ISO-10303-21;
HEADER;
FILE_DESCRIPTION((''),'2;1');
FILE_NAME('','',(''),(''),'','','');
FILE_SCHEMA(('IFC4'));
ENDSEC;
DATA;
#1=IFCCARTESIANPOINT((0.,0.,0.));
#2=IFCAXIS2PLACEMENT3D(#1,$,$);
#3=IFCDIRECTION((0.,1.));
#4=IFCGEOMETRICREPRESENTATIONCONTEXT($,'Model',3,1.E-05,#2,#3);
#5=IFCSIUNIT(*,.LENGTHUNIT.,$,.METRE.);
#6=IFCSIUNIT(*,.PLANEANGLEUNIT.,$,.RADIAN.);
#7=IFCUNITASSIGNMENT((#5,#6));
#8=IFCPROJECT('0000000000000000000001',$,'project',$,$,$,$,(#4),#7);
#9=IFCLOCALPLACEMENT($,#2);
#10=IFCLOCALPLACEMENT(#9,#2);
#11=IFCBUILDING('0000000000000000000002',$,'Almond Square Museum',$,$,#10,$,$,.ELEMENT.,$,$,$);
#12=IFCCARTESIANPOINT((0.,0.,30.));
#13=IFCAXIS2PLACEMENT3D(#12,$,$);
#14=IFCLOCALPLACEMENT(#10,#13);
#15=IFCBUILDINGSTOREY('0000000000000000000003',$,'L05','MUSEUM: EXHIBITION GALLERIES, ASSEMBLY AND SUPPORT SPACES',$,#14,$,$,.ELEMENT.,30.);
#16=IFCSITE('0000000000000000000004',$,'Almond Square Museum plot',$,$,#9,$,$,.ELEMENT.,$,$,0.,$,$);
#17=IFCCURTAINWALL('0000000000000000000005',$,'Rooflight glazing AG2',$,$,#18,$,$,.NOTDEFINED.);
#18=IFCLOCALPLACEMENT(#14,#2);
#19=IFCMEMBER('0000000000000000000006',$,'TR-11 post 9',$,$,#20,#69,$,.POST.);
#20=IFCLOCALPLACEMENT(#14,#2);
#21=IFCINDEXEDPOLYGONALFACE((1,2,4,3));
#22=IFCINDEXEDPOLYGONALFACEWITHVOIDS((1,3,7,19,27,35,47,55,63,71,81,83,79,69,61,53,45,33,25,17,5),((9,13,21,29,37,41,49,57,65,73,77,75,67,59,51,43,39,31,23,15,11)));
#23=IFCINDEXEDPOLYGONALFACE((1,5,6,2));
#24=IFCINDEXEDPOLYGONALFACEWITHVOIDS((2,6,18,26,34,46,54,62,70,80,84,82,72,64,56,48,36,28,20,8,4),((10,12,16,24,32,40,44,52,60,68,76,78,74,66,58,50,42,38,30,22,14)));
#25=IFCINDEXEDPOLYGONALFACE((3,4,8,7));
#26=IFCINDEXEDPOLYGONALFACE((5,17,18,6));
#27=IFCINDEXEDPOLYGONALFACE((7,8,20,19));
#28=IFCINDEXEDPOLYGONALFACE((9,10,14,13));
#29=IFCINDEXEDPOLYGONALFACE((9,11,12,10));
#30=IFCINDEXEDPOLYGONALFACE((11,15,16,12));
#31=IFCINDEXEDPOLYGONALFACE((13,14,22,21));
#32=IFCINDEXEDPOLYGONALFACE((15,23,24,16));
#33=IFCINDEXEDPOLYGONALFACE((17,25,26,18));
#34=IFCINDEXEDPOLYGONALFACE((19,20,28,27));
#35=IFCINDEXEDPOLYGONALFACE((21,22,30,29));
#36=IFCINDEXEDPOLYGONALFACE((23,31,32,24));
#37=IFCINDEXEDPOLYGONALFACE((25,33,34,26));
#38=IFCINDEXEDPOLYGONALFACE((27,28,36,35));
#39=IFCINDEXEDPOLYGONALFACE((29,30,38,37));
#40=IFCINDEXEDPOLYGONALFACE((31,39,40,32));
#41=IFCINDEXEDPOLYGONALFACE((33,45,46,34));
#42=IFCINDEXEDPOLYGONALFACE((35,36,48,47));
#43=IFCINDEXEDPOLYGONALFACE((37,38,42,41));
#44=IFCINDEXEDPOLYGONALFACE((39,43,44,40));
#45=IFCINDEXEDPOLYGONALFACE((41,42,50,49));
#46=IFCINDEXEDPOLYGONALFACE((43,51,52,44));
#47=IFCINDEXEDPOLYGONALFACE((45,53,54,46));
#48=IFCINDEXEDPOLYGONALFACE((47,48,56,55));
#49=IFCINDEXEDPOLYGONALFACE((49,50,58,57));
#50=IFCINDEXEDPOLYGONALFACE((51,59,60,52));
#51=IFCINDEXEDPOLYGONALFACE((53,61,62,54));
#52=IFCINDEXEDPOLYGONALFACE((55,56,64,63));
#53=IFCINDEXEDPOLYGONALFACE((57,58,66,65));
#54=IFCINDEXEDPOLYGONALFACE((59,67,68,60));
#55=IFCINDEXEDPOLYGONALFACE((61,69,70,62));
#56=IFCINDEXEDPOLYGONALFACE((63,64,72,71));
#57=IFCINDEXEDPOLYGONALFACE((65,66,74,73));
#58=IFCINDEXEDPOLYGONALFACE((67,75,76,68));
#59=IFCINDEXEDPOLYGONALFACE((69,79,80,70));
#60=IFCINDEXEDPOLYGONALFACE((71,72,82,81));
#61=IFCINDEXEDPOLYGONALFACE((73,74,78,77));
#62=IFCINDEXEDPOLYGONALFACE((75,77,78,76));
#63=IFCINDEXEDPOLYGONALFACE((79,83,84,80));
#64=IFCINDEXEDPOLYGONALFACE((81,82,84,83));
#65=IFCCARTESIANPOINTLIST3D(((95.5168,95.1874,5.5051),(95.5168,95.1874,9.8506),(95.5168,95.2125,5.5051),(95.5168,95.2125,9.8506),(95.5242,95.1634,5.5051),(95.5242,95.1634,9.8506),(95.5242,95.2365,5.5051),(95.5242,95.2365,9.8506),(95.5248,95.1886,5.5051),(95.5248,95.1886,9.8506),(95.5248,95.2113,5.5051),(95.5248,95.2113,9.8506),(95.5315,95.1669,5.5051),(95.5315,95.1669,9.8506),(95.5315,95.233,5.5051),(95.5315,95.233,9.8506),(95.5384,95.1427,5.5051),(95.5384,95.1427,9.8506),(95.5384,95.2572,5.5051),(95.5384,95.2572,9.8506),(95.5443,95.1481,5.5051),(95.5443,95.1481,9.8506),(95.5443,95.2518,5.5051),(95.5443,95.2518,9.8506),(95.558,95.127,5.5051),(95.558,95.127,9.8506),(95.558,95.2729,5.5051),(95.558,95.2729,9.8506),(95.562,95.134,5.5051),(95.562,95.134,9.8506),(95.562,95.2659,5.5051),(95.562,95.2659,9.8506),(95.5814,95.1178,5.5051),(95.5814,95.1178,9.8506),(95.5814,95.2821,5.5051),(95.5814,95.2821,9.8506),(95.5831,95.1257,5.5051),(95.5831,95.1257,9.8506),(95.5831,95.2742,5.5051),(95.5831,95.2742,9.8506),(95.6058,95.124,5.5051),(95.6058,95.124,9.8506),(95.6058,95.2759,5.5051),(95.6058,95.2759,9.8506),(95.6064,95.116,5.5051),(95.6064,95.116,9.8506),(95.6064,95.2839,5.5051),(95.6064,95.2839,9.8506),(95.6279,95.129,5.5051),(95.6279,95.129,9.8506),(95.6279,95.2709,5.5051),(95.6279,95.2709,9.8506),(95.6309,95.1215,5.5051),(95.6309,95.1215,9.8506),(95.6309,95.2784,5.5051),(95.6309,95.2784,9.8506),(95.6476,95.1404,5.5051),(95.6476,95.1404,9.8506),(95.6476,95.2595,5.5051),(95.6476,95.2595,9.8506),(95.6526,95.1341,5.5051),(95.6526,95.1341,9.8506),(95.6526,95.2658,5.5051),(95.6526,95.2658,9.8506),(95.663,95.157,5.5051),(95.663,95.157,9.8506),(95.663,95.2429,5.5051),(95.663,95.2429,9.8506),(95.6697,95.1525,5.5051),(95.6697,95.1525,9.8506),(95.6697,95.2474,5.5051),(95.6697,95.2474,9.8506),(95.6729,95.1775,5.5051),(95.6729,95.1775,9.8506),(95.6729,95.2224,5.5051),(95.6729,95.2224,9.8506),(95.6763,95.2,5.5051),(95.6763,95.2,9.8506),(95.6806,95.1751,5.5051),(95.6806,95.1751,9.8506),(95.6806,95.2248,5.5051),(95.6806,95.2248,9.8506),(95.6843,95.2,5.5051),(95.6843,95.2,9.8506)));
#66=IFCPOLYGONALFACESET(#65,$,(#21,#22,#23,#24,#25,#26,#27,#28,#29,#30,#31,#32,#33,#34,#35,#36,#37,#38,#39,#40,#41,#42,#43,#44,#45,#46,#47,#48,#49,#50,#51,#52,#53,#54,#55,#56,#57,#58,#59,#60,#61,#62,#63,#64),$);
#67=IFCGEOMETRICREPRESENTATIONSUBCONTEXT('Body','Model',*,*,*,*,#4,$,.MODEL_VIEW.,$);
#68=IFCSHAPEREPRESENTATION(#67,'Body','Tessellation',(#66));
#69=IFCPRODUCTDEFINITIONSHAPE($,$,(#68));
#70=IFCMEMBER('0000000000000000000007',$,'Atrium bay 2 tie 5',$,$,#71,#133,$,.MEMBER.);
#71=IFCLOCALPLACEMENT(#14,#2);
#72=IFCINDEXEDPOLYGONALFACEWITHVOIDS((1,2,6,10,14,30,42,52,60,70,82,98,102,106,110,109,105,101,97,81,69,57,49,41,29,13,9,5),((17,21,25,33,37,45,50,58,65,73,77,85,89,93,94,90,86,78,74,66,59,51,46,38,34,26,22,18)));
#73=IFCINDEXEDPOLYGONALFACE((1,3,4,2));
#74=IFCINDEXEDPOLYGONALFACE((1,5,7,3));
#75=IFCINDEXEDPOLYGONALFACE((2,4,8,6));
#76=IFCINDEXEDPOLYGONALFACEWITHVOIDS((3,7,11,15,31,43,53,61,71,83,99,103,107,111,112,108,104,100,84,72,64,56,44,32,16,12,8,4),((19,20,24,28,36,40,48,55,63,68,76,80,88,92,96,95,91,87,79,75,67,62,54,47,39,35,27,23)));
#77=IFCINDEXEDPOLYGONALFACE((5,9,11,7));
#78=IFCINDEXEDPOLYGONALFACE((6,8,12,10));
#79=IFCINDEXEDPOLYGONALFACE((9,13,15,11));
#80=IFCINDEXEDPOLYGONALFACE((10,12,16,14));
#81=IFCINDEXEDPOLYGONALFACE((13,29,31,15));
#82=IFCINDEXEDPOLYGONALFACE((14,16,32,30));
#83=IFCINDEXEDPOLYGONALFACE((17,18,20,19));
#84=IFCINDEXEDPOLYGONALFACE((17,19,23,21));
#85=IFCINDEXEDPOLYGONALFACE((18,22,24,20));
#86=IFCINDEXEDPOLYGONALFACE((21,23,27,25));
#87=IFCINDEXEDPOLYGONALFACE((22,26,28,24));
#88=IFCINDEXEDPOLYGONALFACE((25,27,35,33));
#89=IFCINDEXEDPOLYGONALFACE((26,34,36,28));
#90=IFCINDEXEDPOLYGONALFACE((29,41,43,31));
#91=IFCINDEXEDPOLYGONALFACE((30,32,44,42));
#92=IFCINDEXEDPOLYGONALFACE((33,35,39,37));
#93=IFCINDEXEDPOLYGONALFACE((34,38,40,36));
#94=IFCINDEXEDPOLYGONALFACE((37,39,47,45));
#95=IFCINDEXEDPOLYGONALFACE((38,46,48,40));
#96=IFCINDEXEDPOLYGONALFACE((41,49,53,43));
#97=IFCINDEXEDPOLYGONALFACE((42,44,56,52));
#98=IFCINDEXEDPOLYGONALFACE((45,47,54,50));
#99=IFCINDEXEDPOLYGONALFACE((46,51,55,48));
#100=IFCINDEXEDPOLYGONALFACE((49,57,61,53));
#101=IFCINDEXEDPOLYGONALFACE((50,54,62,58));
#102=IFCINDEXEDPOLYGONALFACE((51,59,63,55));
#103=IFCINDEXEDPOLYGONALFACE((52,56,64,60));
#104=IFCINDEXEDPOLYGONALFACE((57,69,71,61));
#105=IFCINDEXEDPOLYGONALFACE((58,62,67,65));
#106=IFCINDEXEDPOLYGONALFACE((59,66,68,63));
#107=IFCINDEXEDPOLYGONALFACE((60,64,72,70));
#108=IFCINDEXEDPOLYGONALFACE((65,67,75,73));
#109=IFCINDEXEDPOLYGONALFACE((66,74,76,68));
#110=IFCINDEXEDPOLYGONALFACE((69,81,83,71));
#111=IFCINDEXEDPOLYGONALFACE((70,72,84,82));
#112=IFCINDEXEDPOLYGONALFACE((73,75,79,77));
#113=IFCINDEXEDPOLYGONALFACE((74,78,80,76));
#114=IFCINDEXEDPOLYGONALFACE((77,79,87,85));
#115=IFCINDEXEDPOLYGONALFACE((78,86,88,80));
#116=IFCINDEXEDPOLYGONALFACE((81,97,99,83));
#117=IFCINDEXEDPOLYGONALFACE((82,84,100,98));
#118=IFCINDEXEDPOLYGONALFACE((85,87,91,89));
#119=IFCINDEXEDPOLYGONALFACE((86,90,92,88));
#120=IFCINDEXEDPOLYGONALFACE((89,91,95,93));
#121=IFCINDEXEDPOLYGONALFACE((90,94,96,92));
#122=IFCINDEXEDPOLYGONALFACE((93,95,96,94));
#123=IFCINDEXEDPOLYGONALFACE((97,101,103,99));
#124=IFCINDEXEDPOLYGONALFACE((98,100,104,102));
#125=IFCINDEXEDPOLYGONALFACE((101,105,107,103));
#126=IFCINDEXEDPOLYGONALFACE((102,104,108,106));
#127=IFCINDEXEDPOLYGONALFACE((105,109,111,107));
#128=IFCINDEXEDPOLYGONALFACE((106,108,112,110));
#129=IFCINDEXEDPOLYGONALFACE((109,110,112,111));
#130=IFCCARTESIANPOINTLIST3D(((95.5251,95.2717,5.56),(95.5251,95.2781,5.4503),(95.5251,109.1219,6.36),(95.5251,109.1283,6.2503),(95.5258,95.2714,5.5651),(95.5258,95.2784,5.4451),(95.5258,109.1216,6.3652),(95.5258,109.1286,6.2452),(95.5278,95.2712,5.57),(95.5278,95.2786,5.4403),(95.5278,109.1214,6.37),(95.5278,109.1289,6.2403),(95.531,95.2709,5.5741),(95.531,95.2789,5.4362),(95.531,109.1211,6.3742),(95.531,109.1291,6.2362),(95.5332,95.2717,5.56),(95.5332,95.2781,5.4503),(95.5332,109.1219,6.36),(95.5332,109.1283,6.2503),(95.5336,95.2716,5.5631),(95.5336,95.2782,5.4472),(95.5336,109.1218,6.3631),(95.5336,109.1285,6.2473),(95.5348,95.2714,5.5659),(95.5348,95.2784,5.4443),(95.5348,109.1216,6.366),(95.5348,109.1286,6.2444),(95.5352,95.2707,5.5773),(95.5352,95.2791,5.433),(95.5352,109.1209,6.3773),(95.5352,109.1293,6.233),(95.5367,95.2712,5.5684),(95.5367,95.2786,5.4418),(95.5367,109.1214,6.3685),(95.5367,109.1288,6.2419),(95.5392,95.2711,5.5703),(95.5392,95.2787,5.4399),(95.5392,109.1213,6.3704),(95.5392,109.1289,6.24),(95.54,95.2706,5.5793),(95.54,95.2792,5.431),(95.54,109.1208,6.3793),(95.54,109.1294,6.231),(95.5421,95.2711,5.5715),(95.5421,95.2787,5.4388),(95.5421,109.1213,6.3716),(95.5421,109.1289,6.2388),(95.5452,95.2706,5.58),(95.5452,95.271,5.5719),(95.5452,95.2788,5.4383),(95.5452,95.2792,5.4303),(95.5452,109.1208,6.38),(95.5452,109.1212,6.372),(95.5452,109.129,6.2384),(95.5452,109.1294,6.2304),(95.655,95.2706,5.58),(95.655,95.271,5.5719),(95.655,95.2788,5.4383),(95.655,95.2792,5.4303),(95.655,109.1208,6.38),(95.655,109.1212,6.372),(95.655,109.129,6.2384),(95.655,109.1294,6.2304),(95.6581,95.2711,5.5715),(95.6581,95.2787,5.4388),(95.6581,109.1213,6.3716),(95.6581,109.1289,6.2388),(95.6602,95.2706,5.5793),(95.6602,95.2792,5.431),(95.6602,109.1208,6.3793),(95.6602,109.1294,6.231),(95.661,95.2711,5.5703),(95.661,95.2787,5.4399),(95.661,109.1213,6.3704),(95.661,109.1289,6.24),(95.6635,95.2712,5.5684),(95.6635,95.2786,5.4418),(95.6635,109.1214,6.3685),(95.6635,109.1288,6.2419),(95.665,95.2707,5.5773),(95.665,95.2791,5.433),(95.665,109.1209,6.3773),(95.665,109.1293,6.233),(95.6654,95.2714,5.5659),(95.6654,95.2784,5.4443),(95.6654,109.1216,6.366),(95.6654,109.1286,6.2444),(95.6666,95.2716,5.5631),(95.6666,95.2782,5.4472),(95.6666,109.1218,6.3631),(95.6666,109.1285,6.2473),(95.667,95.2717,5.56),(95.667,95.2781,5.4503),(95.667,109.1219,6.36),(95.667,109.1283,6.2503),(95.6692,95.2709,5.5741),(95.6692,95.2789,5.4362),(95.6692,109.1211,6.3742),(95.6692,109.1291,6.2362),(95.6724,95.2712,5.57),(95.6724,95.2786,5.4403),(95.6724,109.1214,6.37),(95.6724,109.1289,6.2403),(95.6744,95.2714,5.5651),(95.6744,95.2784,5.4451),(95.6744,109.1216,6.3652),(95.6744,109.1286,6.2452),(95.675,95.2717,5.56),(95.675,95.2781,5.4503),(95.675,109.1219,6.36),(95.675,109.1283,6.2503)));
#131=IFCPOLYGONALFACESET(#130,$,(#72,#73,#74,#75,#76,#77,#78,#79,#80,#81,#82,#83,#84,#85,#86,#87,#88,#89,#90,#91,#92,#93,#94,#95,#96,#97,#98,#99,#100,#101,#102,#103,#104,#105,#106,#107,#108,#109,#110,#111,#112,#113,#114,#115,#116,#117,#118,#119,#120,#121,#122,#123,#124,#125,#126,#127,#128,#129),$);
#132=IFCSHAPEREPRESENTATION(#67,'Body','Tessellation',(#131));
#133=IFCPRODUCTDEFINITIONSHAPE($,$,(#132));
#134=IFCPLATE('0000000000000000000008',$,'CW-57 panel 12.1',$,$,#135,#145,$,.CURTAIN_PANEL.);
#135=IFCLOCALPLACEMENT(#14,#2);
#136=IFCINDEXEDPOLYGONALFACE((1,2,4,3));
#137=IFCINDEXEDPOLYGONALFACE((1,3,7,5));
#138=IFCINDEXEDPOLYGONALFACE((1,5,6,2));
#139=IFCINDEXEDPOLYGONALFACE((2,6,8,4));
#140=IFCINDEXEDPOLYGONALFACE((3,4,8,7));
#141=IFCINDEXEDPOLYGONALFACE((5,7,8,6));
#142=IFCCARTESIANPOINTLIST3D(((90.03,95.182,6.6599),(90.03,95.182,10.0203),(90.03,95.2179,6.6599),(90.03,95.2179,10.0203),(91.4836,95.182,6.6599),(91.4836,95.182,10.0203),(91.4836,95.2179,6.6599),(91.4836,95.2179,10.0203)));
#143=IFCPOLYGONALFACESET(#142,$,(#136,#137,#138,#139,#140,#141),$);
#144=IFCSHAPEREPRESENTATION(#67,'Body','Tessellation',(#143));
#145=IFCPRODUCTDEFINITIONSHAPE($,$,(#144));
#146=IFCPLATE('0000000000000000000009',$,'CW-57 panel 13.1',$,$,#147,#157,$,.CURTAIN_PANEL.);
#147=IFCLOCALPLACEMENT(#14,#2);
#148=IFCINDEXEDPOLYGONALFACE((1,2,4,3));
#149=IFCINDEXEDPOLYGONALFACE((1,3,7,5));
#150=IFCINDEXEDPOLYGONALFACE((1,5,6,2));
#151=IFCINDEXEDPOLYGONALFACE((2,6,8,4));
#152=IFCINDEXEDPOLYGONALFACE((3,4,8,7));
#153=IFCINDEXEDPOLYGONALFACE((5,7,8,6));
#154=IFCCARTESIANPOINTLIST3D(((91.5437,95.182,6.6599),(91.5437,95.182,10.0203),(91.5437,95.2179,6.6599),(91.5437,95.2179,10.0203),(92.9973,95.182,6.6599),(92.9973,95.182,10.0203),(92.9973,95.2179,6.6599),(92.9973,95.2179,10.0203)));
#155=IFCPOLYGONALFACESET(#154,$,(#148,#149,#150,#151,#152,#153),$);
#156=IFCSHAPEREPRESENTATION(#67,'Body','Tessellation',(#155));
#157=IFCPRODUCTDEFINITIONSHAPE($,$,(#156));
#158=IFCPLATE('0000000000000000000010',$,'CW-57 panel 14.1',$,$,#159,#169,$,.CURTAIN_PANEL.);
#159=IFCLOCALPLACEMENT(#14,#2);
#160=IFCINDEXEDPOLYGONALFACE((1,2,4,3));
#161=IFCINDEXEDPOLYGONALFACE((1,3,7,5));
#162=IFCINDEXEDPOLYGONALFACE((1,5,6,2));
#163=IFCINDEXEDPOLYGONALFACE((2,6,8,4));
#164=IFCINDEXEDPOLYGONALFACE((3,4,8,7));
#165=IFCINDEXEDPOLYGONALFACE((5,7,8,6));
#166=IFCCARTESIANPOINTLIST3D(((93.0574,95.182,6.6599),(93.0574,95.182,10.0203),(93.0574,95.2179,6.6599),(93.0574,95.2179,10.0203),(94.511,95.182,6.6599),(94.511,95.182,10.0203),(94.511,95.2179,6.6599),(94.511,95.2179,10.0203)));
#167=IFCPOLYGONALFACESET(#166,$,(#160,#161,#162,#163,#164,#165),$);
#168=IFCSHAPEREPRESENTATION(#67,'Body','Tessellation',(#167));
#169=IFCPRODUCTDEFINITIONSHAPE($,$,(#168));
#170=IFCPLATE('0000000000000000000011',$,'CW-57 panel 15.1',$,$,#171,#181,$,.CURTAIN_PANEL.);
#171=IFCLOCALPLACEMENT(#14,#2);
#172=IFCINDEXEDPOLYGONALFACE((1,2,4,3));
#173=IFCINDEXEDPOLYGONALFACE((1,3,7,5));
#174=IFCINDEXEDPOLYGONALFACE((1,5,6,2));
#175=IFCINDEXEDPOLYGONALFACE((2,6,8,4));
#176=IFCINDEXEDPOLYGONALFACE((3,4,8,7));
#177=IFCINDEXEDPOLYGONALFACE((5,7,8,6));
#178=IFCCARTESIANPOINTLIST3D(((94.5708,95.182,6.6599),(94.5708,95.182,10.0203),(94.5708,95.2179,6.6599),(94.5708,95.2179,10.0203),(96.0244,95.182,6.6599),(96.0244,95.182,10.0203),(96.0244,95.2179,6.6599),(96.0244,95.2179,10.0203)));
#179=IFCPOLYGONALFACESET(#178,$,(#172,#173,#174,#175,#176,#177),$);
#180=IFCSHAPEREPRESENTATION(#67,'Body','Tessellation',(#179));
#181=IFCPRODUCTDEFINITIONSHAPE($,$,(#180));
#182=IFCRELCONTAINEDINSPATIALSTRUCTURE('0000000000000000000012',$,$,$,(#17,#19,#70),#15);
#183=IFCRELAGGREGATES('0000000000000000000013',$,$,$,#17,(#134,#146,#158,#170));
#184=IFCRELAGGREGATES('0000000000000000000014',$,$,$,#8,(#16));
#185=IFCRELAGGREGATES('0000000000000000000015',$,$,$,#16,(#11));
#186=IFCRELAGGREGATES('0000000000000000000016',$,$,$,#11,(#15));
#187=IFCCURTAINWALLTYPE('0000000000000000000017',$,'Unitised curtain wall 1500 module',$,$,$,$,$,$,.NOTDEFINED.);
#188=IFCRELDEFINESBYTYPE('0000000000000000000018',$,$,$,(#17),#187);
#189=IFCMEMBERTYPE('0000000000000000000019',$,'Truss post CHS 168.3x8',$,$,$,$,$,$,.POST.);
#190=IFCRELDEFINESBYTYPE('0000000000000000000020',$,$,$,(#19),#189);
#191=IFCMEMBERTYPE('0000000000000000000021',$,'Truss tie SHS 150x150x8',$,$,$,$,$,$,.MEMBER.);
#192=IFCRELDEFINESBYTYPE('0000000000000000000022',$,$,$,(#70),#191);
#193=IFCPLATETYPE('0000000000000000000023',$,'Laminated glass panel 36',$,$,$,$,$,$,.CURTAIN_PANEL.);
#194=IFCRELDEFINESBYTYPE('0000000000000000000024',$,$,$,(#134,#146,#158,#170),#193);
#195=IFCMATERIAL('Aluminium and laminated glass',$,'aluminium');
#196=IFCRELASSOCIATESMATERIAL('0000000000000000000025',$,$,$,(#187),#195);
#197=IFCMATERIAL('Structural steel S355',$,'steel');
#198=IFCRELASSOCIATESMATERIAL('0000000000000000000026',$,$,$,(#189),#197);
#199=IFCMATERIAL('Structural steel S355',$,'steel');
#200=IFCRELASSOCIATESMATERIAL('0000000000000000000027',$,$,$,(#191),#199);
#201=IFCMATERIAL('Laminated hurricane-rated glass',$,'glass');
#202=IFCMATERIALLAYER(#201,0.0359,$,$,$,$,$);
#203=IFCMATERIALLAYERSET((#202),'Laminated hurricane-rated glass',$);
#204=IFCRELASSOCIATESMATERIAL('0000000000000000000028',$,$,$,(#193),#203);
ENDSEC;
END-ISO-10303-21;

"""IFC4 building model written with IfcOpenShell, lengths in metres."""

from ifc_helpers import new_model, si_unit, direction, frame, origin, origin_2d, place, context, subcontext, project, spatial, rectangle, hollow_rectangle, hollow_circle, extrude, material, layer, layer_set, material_profile, profile_set, type_object, element, aggregate, save


model = new_model("IFC4")

# Units and contexts
model_context = context("Model", 3, precision=1e-05, world=origin(), true_north=direction((0.0, 1.0)))
body_context = subcontext(model_context, "Body", "Model", "MODEL_VIEW")
ifc_project = project(units=[si_unit("LENGTHUNIT", "METRE"), si_unit("PLANEANGLEUNIT", "RADIAN")], contexts=[model_context])

# Site, building, storey
site_placement = place(None, origin())
site = spatial("IfcSite", under=ifc_project, at=site_placement, Name="Almond Square Museum plot", CompositionType="ELEMENT", RefElevation=0.0)
building_placement = place(site_placement, origin())
building = spatial("IfcBuilding", under=site, at=building_placement, Name="Almond Square Museum", CompositionType="ELEMENT")
storey_placement = place(building_placement, frame((0.0, 0.0, 30.0)))
storey = spatial("IfcBuildingStorey", under=building, at=storey_placement, Name="L05", Description="MUSEUM: EXHIBITION GALLERIES, ASSEMBLY AND SUPPORT SPACES", CompositionType="ELEMENT", Elevation=30.0)

# Curtain wall
ifc_material_1 = material(Name="Aluminium and laminated glass", Category="aluminium")
curtain_wall_type = type_object("IfcCurtainWallType", Name="Unitised curtain wall 1500 module", PredefinedType="NOTDEFINED", material=ifc_material_1)
curtain_wall_placement = place(storey_placement, origin())
curtain_wall = element("IfcCurtainWall", 1, at=curtain_wall_placement, inside=storey, type_object=curtain_wall_type, Name="Rooflight glazing AG2", PredefinedType="NOTDEFINED")

# Members
ifc_material_2 = material(Name="Structural steel S355", Category="steel")
ifc_material_profile_1 = material_profile(ifc_material_2, hollow_circle(Radius=0.0842, WallThickness=0.0081, at=origin_2d()))
ifc_profile_set_1 = profile_set([ifc_material_profile_1], Name="Structural steel S355")
member_type_1 = type_object("IfcMemberType", Name="Truss post CHS 168.3x8", PredefinedType="POST", material=ifc_profile_set_1)
for number, where, z_axis, x_axis, name in (
    (2, (95.6001, 95.2, 5.5051), (0.0, 0.0, 1.0), (1.0, 0.0, 0.0), "TR-11 post 9"),
):
    element("IfcMember", number, at=place(storey_placement, frame(where, z_axis=z_axis, x_axis=x_axis)), inside=storey, type_object=member_type_1, Name=name, PredefinedType="POST", context=body_context, shape_type="SweptSolid", body=[
        extrude(hollow_circle(Radius=0.0842, WallThickness=0.0081, at=origin_2d()), origin(), (0.0, 0.0, 1.0), 4.3455),
    ])
ifc_material_3 = material(Name="Structural steel S355", Category="steel")
ifc_material_profile_2 = material_profile(ifc_material_3, hollow_rectangle(XDim=0.1499, YDim=0.1499, WallThickness=0.0081, InnerFilletRadius=0.012, OuterFilletRadius=0.02, at=origin_2d()))
ifc_profile_set_2 = profile_set([ifc_material_profile_2], Name="Structural steel S355")
member_type_2 = type_object("IfcMemberType", Name="Truss tie SHS 150x150x8", PredefinedType="MEMBER", material=ifc_profile_set_2)
member_1_placement = place(storey_placement, frame((95.6001, 95.2749, 5.5051), z_axis=(0.0, 0.998336, 0.057669), x_axis=(-1.0, 0.0, 0.0)))
element("IfcMember", 3, at=member_1_placement, inside=storey, type_object=member_type_2, Name="Atrium bay 2 tie 5", PredefinedType="MEMBER", context=body_context, shape_type="SweptSolid", body=[
    extrude(hollow_rectangle(XDim=0.1499, YDim=0.1499, WallThickness=0.0081, InnerFilletRadius=0.012, OuterFilletRadius=0.02, at=origin_2d()), origin(), (0.0, 0.0, 1.0), 13.8733),
])

# Plates
ifc_material_4 = material(Name="Laminated hurricane-rated glass", Category="glass")
ifc_layer = layer(ifc_material_4, 0.0359)
ifc_layer_set = layer_set([ifc_layer], Name="Laminated hurricane-rated glass")
plate_type = type_object("IfcPlateType", Name="Laminated glass panel 36", PredefinedType="CURTAIN_PANEL", material=ifc_layer_set)
plate_1_placement = place(storey_placement, frame((90.7568, 95.2, 6.6599), z_axis=(0.0, 0.0, 1.0), x_axis=(1.0, 0.0, 0.0)))
plate_1 = element("IfcPlate", 4, at=plate_1_placement, type_object=plate_type, Name="CW-57 panel 12.1", PredefinedType="CURTAIN_PANEL", context=body_context, shape_type="SweptSolid", body=[
    extrude(rectangle(XDim=1.4536, YDim=0.0359, at=origin_2d()), origin(), (0.0, 0.0, 1.0), 3.3604),
])
plate_2_placement = place(storey_placement, frame((92.2705, 95.2, 6.6599), z_axis=(0.0, 0.0, 1.0), x_axis=(1.0, 0.0, 0.0)))
plate_2 = element("IfcPlate", 5, at=plate_2_placement, type_object=plate_type, Name="CW-57 panel 13.1", PredefinedType="CURTAIN_PANEL", context=body_context, shape_type="SweptSolid", body=[
    extrude(rectangle(XDim=1.4536, YDim=0.0359, at=origin_2d()), origin(), (0.0, 0.0, 1.0), 3.3604),
])
plate_3_placement = place(storey_placement, frame((93.7842, 95.2, 6.6599), z_axis=(0.0, 0.0, 1.0), x_axis=(1.0, 0.0, 0.0)))
plate_3 = element("IfcPlate", 6, at=plate_3_placement, type_object=plate_type, Name="CW-57 panel 14.1", PredefinedType="CURTAIN_PANEL", context=body_context, shape_type="SweptSolid", body=[
    extrude(rectangle(XDim=1.4536, YDim=0.0359, at=origin_2d()), origin(), (0.0, 0.0, 1.0), 3.3604),
])
plate_4_placement = place(storey_placement, frame((95.2976, 95.2, 6.6599), z_axis=(0.0, 0.0, 1.0), x_axis=(1.0, 0.0, 0.0)))
plate_4 = element("IfcPlate", 7, at=plate_4_placement, type_object=plate_type, Name="CW-57 panel 15.1", PredefinedType="CURTAIN_PANEL", context=body_context, shape_type="SweptSolid", body=[
    extrude(rectangle(XDim=1.4536, YDim=0.0359, at=origin_2d()), origin(), (0.0, 0.0, 1.0), 3.3604),
])
aggregate(curtain_wall, [plate_1, plate_2, plate_3, plate_4])

save(model, "model.ifc")
